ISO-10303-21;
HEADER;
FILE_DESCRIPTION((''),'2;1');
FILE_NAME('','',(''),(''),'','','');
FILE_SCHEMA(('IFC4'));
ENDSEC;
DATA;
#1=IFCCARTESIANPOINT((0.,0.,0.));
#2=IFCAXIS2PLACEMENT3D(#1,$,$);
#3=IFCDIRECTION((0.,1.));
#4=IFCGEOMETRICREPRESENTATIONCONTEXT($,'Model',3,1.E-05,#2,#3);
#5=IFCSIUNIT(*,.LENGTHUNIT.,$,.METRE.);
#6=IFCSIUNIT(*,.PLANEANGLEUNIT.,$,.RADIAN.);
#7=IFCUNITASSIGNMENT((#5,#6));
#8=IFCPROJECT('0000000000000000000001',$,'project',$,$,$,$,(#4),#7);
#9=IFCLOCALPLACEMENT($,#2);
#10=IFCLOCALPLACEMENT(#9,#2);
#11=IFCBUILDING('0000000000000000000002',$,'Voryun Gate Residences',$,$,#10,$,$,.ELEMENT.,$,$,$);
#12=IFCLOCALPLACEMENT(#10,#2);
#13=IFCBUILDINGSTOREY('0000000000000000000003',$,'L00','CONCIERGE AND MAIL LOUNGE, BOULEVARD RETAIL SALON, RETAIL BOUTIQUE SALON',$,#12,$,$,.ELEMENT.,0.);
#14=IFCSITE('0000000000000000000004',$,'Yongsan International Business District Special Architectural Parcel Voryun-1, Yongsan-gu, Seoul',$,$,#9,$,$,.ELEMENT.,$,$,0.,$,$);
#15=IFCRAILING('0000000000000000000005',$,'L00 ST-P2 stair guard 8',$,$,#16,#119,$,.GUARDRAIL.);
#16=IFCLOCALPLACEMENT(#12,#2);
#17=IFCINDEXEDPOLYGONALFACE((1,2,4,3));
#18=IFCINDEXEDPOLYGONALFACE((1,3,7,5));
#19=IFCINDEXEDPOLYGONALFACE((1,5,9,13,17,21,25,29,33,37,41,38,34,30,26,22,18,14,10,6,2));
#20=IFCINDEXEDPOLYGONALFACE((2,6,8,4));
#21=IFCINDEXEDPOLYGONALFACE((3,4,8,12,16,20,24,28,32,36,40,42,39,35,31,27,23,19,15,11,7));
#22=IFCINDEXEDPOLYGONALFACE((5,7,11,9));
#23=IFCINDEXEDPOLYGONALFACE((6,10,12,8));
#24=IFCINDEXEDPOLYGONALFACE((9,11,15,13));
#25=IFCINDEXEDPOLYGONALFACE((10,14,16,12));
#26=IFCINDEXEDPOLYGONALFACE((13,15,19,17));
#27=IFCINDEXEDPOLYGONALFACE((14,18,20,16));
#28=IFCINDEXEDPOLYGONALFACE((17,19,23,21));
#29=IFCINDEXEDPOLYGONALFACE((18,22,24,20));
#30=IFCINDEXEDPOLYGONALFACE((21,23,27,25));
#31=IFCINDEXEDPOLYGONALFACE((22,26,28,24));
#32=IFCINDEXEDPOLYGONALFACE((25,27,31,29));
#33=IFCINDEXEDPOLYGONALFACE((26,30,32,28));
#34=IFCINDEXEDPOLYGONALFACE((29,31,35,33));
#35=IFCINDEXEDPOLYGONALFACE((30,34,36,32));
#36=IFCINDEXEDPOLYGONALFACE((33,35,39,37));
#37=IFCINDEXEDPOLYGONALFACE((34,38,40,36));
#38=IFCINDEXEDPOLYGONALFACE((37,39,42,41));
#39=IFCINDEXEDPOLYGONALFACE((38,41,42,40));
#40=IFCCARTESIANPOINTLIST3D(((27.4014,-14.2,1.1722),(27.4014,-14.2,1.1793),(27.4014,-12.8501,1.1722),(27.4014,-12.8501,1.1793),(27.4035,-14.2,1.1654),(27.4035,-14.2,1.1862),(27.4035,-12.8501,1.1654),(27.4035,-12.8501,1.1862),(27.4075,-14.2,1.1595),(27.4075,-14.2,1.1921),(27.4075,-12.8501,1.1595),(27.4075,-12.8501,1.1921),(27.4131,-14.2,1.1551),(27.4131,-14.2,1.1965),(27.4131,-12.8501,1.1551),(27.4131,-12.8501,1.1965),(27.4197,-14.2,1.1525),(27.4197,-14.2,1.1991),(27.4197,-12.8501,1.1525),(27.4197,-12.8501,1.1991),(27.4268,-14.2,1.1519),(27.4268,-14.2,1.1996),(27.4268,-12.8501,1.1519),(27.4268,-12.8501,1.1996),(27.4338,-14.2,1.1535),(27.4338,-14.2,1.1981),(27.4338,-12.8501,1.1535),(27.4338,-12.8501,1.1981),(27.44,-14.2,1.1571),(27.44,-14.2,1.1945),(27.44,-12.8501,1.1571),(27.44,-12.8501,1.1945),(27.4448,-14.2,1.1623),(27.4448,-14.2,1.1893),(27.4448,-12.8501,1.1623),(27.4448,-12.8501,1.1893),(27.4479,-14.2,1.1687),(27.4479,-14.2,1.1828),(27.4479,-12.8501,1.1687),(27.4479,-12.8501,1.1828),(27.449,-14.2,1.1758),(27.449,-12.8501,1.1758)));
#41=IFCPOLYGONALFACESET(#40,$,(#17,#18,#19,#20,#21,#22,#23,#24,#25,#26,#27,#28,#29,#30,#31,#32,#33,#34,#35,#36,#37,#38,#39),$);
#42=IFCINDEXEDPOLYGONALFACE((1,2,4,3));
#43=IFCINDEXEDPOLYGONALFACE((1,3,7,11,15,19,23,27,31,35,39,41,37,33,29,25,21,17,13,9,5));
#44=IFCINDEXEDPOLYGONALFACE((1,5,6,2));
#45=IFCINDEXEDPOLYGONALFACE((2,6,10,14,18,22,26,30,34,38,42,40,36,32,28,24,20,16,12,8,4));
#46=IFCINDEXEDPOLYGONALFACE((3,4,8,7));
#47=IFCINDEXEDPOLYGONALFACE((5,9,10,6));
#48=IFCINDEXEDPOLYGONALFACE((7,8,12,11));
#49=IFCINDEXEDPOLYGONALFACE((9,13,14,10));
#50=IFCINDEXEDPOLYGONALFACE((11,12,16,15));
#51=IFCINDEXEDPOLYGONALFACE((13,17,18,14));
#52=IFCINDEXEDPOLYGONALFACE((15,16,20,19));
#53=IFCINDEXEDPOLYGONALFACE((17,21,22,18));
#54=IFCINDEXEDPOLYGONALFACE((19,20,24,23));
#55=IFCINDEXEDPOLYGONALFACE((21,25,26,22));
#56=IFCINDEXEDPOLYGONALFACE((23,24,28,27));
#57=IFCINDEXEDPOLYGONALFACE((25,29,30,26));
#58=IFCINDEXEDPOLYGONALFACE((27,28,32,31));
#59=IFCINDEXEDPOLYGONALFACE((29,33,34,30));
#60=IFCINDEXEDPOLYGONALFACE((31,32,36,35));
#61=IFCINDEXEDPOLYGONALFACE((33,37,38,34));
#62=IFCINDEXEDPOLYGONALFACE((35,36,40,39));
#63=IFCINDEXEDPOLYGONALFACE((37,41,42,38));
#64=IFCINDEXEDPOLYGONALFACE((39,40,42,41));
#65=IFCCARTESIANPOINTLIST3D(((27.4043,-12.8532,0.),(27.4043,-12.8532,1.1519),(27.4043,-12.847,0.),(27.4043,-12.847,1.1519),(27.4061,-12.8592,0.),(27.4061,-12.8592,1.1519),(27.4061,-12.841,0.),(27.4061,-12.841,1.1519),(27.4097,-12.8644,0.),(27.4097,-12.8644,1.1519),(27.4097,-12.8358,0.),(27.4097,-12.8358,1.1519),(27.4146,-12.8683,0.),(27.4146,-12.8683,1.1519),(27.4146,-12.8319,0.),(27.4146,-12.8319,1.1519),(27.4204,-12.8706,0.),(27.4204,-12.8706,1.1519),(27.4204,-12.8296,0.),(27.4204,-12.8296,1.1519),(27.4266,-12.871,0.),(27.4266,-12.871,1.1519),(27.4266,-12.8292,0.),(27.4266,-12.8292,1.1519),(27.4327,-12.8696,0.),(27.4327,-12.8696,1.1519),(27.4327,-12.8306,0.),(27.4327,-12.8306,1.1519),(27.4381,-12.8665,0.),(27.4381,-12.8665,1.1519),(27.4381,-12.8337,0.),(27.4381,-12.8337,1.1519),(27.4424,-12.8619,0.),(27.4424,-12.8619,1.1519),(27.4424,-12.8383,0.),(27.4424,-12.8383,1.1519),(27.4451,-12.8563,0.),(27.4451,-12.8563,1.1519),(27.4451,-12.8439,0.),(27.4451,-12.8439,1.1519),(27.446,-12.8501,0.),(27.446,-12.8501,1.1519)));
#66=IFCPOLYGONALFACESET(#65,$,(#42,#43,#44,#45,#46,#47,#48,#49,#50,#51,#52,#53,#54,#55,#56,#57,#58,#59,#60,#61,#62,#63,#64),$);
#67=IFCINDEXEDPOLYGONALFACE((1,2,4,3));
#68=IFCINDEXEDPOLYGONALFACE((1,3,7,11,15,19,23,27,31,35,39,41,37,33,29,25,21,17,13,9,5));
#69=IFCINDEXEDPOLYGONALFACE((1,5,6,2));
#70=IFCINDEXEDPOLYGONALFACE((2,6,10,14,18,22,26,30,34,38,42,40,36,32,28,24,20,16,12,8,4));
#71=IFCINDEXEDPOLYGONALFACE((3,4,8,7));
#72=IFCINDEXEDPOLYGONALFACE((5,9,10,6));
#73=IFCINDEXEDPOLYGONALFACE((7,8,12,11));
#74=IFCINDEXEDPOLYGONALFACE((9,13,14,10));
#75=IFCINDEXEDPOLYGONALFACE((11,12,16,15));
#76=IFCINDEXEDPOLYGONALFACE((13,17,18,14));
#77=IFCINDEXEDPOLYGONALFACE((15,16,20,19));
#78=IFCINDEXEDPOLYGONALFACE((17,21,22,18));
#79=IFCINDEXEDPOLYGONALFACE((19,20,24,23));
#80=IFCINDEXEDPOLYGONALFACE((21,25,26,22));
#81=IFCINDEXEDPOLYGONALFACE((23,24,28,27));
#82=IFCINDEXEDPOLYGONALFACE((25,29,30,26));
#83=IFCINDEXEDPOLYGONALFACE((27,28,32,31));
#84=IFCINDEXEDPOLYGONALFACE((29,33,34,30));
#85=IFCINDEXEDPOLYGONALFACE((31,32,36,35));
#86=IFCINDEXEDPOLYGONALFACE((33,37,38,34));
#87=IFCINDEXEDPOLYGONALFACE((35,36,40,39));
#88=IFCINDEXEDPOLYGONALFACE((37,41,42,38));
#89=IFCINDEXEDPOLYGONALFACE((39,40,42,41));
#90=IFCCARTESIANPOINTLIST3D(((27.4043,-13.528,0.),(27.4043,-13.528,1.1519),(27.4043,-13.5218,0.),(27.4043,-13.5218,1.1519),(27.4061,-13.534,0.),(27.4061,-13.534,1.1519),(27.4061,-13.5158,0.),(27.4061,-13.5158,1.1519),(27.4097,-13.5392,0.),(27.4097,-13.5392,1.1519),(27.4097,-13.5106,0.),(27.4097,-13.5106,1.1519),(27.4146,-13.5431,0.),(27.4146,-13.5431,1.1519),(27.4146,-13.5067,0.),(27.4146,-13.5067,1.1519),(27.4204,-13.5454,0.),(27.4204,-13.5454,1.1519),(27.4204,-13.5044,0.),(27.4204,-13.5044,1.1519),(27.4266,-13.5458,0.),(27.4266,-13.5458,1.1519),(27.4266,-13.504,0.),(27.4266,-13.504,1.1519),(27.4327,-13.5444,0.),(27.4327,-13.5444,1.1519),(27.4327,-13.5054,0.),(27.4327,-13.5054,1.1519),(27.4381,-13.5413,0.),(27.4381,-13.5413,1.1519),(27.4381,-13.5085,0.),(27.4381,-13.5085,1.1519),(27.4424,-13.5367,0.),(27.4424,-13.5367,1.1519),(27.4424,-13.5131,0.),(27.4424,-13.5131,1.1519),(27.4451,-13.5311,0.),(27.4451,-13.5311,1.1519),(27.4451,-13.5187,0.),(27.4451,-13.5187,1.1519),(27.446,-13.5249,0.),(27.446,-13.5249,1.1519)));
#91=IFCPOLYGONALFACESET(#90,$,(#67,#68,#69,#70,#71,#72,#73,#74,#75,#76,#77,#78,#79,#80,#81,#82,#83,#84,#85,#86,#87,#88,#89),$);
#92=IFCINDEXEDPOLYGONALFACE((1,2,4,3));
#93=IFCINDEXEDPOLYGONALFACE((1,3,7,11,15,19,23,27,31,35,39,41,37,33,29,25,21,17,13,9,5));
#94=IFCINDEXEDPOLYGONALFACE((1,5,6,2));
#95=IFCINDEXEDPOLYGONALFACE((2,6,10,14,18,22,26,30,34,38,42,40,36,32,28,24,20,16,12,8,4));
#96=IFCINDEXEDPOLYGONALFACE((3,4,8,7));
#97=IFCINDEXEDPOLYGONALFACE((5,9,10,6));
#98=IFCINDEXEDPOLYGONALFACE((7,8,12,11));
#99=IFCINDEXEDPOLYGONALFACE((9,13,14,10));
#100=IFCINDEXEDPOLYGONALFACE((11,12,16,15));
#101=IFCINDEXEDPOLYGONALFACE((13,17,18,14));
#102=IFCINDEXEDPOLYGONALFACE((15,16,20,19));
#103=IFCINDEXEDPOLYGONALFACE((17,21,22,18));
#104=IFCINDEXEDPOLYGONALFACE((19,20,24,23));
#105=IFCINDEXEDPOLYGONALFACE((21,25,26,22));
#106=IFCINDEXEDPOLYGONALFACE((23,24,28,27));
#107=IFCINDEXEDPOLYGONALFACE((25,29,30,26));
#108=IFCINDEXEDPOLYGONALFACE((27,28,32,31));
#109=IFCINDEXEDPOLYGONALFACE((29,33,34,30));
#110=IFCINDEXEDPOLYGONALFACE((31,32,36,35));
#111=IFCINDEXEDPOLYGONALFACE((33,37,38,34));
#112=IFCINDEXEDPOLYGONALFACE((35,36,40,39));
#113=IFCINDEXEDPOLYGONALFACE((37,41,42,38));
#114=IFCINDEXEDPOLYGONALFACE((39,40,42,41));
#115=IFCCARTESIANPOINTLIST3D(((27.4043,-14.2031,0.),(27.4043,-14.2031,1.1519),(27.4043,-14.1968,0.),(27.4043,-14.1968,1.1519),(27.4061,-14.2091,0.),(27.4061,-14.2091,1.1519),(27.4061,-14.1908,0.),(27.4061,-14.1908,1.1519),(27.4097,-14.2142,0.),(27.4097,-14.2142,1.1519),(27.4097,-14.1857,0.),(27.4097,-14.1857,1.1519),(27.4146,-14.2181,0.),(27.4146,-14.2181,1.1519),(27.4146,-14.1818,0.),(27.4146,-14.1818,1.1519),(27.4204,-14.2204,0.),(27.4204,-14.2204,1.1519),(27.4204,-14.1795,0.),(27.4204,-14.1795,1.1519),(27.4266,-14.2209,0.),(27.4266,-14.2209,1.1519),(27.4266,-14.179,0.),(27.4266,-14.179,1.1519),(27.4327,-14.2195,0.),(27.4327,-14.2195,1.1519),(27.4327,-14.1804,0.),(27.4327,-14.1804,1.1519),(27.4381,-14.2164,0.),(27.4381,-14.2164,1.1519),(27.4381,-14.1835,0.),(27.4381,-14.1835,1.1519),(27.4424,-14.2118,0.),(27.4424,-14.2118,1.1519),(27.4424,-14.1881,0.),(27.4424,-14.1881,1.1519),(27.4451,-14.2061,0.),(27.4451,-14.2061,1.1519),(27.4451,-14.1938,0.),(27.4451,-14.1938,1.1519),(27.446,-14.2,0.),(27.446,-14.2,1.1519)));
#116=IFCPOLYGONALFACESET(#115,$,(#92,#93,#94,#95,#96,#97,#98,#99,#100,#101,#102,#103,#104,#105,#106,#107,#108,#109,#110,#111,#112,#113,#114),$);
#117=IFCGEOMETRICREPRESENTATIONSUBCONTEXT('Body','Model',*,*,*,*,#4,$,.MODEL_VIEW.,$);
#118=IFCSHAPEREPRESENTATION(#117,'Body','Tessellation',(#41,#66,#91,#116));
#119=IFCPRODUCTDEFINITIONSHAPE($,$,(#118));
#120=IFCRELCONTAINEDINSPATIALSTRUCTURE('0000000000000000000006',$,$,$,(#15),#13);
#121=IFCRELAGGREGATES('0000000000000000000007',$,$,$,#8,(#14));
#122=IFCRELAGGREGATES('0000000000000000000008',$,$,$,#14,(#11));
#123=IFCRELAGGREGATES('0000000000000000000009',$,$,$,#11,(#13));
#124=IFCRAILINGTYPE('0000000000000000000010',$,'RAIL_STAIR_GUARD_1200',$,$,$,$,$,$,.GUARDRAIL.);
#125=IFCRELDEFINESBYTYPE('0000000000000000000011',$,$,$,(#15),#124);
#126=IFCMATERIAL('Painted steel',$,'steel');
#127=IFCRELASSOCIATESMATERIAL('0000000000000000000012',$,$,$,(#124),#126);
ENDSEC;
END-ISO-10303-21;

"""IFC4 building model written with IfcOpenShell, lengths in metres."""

from ifc_helpers import new_model, si_unit, direction, frame, origin, origin_2d, place, context, subcontext, project, spatial, circle, extrude, material, type_object, element, save


model = new_model("IFC4")

# Units and contexts
model_context = context("Model", 3, precision=1e-05, world=origin(), true_north=direction((0.0, 1.0)))
body_context = subcontext(model_context, "Body", "Model", "MODEL_VIEW")
ifc_project = project(units=[si_unit("LENGTHUNIT", "METRE"), si_unit("PLANEANGLEUNIT", "RADIAN")], contexts=[model_context])

# Site, building, storey
site_placement = place(None, origin())
site = spatial("IfcSite", under=ifc_project, at=site_placement, Name="Yongsan International Business District Special Architectural Parcel Voryun-1, Yongsan-gu, Seoul", CompositionType="ELEMENT", RefElevation=0.0)
building_placement = place(site_placement, origin())
building = spatial("IfcBuilding", under=site, at=building_placement, Name="Voryun Gate Residences", CompositionType="ELEMENT")
storey_placement = place(building_placement, origin())
storey = spatial("IfcBuildingStorey", under=building, at=storey_placement, Name="L00", Description="CONCIERGE AND MAIL LOUNGE, BOULEVARD RETAIL SALON, RETAIL BOUTIQUE SALON", CompositionType="ELEMENT", Elevation=0.0)

# Railing
ifc_material_1 = material(Name="Painted steel", Category="steel")
railing_type_1 = type_object("IfcRailingType", Name="RAIL_STAIR_GUARD_1200", PredefinedType="GUARDRAIL", material=ifc_material_1)
railing_1_placement = place(storey_placement, frame((27.425, -12.8501, 0.0)))
element("IfcRailing", 1, at=railing_1_placement, inside=storey, type_object=railing_type_1, Name="L00 ST-P2 stair guard 8", PredefinedType="GUARDRAIL", context=body_context, shape_type="SweptSolid", body=[
    extrude(circle(Radius=0.0239, at=origin_2d()), frame((0.0, 0.0, 1.1758), z_axis=(0.0, -1.0, 0.0), x_axis=(1.0, 0.0, 0.0)), (0.0, 0.0, 1.0), 1.3499),
    extrude(circle(Radius=0.021, at=origin_2d()), origin(), (0.0, 0.0, 1.0), 1.1519),
    extrude(circle(Radius=0.021, at=origin_2d()), frame((0.0, -0.6748, 0.0)), (0.0, 0.0, 1.0), 1.1519),
    extrude(circle(Radius=0.021, at=origin_2d()), frame((0.0, -1.3499, 0.0)), (0.0, 0.0, 1.0), 1.1519),
])

save(model, "model.ifc")
